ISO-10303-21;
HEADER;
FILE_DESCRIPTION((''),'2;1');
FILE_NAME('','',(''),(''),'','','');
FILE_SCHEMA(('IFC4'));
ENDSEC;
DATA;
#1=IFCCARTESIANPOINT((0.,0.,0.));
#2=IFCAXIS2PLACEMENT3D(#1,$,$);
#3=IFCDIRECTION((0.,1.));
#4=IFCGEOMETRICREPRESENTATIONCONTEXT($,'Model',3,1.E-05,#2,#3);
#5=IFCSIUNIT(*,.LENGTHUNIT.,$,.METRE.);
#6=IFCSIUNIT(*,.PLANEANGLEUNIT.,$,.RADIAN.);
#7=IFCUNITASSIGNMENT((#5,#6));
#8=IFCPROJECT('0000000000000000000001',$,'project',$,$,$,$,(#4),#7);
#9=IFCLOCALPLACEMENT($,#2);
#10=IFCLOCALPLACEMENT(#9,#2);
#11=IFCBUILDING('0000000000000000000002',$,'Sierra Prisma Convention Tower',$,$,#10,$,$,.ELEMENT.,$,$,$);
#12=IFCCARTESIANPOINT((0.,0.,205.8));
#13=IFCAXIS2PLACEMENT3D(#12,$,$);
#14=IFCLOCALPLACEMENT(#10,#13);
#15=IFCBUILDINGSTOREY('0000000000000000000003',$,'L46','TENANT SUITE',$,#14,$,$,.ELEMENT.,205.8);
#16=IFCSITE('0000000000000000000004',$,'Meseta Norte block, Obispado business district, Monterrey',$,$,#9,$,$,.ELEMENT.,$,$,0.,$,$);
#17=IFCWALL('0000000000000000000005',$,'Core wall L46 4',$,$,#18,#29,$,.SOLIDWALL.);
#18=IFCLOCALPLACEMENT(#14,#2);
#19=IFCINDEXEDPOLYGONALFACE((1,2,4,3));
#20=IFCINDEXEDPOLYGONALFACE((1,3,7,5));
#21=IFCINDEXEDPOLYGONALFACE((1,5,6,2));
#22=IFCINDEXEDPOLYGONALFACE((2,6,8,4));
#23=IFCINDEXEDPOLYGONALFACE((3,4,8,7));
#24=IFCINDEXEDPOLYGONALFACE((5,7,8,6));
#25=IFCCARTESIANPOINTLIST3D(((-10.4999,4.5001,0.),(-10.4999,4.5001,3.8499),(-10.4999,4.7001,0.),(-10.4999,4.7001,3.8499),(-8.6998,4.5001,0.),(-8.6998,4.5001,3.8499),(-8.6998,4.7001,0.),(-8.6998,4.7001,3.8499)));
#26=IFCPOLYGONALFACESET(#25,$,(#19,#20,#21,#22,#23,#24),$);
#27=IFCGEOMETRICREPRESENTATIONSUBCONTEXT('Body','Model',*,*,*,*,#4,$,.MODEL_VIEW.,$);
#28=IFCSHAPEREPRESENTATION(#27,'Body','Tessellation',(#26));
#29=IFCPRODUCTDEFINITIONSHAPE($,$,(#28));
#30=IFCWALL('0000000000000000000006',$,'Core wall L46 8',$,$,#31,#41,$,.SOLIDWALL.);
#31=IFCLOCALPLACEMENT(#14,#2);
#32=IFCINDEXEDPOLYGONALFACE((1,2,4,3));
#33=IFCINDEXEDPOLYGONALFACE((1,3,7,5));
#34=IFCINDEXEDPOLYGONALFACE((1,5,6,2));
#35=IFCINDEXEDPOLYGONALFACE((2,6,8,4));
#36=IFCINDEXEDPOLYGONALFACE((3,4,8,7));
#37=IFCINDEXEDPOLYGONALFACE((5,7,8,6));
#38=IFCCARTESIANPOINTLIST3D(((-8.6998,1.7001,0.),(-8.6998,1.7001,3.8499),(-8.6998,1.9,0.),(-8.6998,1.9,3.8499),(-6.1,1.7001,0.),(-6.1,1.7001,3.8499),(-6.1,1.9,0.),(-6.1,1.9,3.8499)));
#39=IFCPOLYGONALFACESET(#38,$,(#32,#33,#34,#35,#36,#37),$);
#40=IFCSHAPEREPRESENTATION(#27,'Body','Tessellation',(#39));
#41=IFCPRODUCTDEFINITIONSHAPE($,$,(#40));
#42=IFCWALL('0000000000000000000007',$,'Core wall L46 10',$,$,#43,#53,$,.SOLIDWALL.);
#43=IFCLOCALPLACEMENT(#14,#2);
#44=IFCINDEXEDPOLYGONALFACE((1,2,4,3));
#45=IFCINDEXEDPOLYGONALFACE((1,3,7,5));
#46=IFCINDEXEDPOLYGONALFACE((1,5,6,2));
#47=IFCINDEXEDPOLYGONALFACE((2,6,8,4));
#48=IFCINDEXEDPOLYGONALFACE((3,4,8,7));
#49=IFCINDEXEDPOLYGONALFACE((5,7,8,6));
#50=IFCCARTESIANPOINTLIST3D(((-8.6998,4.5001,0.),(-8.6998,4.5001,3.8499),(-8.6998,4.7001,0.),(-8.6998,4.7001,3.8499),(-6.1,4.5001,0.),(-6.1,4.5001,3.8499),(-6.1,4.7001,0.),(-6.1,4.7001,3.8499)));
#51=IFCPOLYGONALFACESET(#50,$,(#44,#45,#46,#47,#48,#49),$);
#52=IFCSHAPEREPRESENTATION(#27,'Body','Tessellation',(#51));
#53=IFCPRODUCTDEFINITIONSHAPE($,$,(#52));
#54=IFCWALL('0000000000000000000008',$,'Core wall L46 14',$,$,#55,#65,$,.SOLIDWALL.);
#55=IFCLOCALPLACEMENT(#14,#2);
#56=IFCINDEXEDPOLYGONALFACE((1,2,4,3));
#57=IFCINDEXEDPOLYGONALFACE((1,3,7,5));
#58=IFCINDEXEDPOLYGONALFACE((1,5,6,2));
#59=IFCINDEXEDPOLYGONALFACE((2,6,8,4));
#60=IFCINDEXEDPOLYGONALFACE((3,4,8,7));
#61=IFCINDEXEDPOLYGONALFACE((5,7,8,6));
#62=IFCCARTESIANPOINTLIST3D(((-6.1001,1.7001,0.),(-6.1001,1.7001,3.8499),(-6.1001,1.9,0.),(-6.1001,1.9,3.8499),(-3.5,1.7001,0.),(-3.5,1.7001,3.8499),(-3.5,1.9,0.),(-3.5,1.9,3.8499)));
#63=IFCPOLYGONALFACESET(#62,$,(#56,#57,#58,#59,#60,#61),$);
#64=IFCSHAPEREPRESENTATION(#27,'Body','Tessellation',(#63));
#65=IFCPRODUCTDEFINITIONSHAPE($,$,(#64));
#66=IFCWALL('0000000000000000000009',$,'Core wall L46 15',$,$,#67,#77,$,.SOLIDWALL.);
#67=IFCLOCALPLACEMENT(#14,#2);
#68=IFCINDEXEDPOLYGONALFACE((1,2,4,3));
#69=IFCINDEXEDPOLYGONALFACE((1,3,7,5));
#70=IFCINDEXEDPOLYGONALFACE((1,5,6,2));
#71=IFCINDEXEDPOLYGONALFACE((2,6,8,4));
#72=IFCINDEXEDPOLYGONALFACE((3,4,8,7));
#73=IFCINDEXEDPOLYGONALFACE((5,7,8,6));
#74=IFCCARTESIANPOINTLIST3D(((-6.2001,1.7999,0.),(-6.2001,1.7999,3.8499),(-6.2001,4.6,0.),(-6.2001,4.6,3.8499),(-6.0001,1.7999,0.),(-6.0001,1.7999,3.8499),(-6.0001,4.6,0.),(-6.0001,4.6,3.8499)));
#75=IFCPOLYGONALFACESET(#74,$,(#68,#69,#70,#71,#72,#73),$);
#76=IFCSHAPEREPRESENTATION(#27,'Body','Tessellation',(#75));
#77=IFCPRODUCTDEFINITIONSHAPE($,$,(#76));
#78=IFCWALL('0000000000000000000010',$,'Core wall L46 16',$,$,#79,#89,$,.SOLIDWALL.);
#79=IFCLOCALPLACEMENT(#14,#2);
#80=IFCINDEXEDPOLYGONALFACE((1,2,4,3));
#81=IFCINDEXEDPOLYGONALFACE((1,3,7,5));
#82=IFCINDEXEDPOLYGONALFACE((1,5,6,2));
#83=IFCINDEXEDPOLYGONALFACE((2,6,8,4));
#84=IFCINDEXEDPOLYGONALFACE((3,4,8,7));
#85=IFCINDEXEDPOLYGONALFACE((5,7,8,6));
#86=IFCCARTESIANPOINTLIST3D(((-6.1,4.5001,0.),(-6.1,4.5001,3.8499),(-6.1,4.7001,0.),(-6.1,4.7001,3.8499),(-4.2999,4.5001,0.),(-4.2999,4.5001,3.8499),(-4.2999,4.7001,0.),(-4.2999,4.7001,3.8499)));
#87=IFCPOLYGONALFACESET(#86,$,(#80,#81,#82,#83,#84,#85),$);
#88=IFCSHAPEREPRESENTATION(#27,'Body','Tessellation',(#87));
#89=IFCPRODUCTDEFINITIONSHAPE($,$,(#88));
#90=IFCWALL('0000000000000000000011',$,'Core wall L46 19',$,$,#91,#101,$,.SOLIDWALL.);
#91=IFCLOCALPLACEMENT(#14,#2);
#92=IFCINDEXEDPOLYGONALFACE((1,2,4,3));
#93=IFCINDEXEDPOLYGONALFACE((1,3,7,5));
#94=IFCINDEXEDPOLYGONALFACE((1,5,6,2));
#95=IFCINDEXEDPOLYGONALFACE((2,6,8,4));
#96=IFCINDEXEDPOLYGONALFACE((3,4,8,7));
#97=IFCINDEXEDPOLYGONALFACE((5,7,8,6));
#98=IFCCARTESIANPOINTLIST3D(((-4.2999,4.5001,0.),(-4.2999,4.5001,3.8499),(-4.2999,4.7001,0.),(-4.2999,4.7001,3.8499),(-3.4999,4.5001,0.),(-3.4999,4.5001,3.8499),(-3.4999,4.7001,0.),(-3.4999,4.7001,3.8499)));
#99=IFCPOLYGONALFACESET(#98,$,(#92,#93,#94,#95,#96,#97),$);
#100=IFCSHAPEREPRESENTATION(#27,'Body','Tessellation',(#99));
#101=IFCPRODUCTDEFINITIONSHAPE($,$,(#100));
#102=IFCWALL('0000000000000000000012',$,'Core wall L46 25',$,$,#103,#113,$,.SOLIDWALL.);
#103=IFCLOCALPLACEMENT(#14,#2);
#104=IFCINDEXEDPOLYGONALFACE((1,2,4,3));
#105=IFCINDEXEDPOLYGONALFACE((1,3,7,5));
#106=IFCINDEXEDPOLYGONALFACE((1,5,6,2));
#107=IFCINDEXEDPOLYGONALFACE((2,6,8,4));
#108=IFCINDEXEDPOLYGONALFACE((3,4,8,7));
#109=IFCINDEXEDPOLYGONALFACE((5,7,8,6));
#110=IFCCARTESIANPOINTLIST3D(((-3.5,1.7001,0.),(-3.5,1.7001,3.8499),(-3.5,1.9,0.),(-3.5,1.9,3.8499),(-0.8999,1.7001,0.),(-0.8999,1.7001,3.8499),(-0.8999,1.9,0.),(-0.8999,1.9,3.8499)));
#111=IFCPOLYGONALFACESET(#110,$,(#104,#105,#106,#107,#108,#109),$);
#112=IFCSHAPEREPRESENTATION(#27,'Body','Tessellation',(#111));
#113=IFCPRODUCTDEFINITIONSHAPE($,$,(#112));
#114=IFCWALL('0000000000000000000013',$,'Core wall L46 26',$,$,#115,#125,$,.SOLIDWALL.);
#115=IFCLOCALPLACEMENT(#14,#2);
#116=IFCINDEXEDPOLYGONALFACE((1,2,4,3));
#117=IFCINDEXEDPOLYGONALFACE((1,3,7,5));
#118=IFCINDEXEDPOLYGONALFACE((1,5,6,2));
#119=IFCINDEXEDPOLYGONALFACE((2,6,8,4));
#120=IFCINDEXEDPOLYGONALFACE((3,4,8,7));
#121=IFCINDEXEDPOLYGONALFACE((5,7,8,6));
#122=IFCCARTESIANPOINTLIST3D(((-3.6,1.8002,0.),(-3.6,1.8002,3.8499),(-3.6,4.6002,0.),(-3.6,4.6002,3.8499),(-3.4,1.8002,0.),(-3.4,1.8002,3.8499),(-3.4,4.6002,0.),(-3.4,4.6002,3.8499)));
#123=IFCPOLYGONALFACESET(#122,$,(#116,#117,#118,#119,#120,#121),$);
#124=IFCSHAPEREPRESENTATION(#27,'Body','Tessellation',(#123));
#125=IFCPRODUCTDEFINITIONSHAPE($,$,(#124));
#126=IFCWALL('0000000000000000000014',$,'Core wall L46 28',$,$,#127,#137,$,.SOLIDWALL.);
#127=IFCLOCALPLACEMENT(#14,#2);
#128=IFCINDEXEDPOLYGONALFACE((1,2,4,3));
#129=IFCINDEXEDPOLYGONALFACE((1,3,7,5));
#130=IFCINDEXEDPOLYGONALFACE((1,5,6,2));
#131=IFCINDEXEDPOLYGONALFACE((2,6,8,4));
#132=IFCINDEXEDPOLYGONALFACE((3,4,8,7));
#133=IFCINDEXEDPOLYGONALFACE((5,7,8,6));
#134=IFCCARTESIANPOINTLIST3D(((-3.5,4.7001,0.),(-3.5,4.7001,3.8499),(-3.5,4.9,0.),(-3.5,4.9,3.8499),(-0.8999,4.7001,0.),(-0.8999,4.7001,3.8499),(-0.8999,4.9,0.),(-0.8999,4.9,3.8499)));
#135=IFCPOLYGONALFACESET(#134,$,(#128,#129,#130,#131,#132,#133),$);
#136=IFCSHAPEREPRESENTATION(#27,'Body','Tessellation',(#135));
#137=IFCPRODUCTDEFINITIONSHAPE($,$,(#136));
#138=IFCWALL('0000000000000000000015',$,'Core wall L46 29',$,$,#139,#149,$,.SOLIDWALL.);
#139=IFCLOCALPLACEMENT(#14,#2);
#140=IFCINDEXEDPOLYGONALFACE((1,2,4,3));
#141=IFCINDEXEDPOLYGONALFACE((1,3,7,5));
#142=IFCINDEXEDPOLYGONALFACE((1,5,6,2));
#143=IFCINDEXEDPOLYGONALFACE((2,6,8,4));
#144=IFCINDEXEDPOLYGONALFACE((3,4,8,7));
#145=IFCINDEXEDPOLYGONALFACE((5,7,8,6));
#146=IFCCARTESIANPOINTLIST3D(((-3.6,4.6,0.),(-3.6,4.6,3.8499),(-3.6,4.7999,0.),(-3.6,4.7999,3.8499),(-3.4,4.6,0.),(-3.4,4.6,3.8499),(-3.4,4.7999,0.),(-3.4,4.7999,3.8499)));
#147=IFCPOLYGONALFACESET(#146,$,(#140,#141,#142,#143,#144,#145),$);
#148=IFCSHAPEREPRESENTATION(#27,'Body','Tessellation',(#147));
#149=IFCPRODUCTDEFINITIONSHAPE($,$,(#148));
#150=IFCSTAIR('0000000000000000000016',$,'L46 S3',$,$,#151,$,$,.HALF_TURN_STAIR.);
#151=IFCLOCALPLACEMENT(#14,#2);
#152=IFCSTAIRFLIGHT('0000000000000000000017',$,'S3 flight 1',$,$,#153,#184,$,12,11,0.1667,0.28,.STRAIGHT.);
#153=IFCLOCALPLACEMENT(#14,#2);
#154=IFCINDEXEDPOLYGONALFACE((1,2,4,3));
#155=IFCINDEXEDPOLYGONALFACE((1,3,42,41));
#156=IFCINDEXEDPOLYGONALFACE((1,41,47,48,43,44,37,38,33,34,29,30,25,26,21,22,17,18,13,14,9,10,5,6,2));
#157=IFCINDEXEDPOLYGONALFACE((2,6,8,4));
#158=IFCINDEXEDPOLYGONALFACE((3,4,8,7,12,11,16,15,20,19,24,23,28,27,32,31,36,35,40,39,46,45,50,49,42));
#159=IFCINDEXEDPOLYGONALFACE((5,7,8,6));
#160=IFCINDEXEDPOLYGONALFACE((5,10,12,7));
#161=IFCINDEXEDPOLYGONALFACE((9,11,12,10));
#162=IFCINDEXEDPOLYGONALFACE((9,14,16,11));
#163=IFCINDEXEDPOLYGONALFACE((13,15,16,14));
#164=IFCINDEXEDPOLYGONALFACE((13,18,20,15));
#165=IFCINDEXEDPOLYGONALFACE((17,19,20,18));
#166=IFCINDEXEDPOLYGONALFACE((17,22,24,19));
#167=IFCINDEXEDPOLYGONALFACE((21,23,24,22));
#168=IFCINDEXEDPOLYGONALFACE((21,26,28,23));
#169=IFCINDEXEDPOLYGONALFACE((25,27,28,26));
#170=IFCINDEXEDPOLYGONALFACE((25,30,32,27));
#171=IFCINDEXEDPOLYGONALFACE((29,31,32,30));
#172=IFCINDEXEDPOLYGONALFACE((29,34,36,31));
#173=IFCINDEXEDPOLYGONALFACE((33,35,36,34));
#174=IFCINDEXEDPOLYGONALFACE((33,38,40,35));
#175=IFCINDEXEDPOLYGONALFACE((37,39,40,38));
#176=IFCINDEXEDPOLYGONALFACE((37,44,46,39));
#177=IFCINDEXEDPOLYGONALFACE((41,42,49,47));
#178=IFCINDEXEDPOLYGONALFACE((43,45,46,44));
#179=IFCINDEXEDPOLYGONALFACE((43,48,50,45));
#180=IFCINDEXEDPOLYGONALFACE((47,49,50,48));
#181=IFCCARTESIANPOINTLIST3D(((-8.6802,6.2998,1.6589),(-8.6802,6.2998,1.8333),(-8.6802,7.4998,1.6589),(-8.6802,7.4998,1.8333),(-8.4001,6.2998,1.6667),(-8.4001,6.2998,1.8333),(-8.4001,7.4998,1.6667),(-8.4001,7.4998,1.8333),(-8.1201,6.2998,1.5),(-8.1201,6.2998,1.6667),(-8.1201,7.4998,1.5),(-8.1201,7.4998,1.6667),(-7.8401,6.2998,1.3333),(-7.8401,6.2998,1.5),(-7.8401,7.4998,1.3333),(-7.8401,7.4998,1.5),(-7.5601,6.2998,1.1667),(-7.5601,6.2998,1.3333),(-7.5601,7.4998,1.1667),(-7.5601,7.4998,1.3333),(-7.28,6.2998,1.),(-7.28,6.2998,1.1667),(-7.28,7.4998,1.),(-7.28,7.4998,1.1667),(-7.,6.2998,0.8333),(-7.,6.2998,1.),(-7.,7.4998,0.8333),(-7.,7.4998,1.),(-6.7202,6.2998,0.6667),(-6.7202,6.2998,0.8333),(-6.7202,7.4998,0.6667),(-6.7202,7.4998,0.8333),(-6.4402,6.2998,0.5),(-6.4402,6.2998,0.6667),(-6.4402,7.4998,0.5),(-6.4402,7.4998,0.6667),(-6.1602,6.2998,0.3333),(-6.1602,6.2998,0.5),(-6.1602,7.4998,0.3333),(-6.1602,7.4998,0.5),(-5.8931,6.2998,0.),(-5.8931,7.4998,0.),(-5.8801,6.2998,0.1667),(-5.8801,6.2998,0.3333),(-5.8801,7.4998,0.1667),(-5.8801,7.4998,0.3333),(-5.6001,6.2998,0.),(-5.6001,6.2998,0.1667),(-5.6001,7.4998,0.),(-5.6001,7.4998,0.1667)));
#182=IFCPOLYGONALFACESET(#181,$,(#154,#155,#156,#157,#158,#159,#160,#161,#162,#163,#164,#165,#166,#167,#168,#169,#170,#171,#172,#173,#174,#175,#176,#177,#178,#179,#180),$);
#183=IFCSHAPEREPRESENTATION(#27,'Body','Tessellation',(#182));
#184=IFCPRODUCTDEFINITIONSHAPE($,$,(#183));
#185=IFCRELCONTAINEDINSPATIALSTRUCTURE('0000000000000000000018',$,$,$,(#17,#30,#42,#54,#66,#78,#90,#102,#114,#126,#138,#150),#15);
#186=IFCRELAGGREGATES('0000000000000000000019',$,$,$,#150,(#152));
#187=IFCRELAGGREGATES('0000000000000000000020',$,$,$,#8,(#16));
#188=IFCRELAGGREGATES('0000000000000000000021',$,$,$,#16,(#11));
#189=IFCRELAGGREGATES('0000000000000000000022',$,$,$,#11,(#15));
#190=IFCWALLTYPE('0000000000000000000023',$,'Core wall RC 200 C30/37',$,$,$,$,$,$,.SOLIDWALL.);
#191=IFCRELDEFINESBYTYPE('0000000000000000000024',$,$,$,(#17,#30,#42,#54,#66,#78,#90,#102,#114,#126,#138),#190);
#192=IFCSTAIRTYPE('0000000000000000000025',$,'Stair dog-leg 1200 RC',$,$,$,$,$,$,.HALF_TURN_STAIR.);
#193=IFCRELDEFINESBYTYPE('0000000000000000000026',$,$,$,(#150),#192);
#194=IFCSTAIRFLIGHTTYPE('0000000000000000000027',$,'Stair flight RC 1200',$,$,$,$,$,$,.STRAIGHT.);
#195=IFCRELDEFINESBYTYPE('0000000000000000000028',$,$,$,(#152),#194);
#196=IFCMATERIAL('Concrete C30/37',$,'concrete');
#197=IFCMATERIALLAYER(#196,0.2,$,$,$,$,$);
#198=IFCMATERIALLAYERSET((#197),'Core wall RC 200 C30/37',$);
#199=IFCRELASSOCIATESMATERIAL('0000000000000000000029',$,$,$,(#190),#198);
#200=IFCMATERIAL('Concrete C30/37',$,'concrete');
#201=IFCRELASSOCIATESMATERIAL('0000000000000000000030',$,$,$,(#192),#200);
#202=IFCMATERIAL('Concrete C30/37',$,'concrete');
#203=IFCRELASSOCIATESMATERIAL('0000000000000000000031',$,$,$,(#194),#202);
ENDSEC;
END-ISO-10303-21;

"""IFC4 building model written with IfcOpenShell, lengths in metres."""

from ifc_helpers import new_model, si_unit, direction, frame, frame_2d, origin, place, context, subcontext, project, spatial, polyline, rectangle, outline, extrude, material, layer, layer_set, type_object, element, aggregate, save


model = new_model("IFC4")

# Units and contexts
model_context = context("Model", 3, precision=1e-05, world=origin(), true_north=direction((0.0, 1.0)))
body_context = subcontext(model_context, "Body", "Model", "MODEL_VIEW")
ifc_project = project(units=[si_unit("LENGTHUNIT", "METRE"), si_unit("PLANEANGLEUNIT", "RADIAN")], contexts=[model_context])

# Site, building, storey
site_placement = place(None, origin())
site = spatial("IfcSite", under=ifc_project, at=site_placement, Name="Meseta Norte block, Obispado business district, Monterrey", CompositionType="ELEMENT", RefElevation=0.0)
building_placement = place(site_placement, origin())
building = spatial("IfcBuilding", under=site, at=building_placement, Name="Sierra Prisma Convention Tower", CompositionType="ELEMENT")
storey_placement = place(building_placement, frame((0.0, 0.0, 205.8)))
storey = spatial("IfcBuildingStorey", under=building, at=storey_placement, Name="L46", Description="TENANT SUITE", CompositionType="ELEMENT", Elevation=205.8)

# Walls
ifc_material_1 = material(Name="Concrete C30/37", Category="concrete")
ifc_layer = layer(ifc_material_1, 0.2)
ifc_layer_set = layer_set([ifc_layer], Name="Core wall RC 200 C30/37")
wall_type = type_object("IfcWallType", Name="Core wall RC 200 C30/37", PredefinedType="SOLIDWALL", material=ifc_layer_set)
wall_1_placement = place(storey_placement, frame((-8.7, 4.6001, 0.0), z_axis=(0.0, 0.0, 1.0), x_axis=(-1.0, 0.0, 0.0)))
element("IfcWall", 1, at=wall_1_placement, inside=storey, type_object=wall_type, Name="Core wall L46 4", PredefinedType="SOLIDWALL", context=body_context, shape_type="SweptSolid", body=[
    extrude(rectangle(XDim=1.8, YDim=0.2, at=frame_2d((0.8999, 0.0))), origin(), (0.0, 0.0, 1.0), 3.8499),
])
for number, where, z_axis, x_axis, name in (
    (2, (-6.1001, 1.8, 0.0), (0.0, 0.0, 1.0), (-1.0, 0.0, 0.0), "Core wall L46 8"),
    (3, (-6.1001, 4.6001, 0.0), (0.0, 0.0, 1.0), (-1.0, 0.0, 0.0), "Core wall L46 10"),
):
    element("IfcWall", number, at=place(storey_placement, frame(where, z_axis=z_axis, x_axis=x_axis)), inside=storey, type_object=wall_type, Name=name, PredefinedType="SOLIDWALL", context=body_context, shape_type="SweptSolid", body=[
        extrude(rectangle(XDim=2.5999, YDim=0.2, at=frame_2d((1.2998, 0.0))), origin(), (0.0, 0.0, 1.0), 3.8499),
    ])

# Walls
wall_2_placement = place(storey_placement, frame((-3.5, 1.8, 0.0), z_axis=(0.0, 0.0, 1.0), x_axis=(-1.0, 0.0, 0.0)))
element("IfcWall", 4, at=wall_2_placement, inside=storey, type_object=wall_type, Name="Core wall L46 14", PredefinedType="SOLIDWALL", context=body_context, shape_type="SweptSolid", body=[
    extrude(rectangle(XDim=2.6001, YDim=0.2, at=frame_2d((1.3, 0.0))), origin(), (0.0, 0.0, 1.0), 3.8499),
])
wall_3_placement = place(storey_placement, frame((-6.1001, 1.8, 0.0), z_axis=(0.0, 0.0, 1.0), x_axis=(0.0, 1.0, 0.0)))
element("IfcWall", 5, at=wall_3_placement, inside=storey, type_object=wall_type, Name="Core wall L46 15", PredefinedType="SOLIDWALL", context=body_context, shape_type="SweptSolid", body=[
    extrude(rectangle(XDim=2.8, YDim=0.2, at=frame_2d((1.3999, 0.0))), origin(), (0.0, 0.0, 1.0), 3.8499),
])
wall_4_placement = place(storey_placement, frame((-4.3, 4.6001, 0.0), z_axis=(0.0, 0.0, 1.0), x_axis=(-1.0, 0.0, 0.0)))
element("IfcWall", 6, at=wall_4_placement, inside=storey, type_object=wall_type, Name="Core wall L46 16", PredefinedType="SOLIDWALL", context=body_context, shape_type="SweptSolid", body=[
    extrude(rectangle(XDim=1.8, YDim=0.2, at=frame_2d((0.8999, 0.0))), origin(), (0.0, 0.0, 1.0), 3.8499),
])
wall_5_placement = place(storey_placement, frame((-3.5, 4.6001, 0.0), z_axis=(0.0, 0.0, 1.0), x_axis=(-1.0, 0.0, 0.0)))
element("IfcWall", 7, at=wall_5_placement, inside=storey, type_object=wall_type, Name="Core wall L46 19", PredefinedType="SOLIDWALL", context=body_context, shape_type="SweptSolid", body=[
    extrude(rectangle(XDim=0.8, YDim=0.2, at=frame_2d((0.3999, 0.0))), origin(), (0.0, 0.0, 1.0), 3.8499),
])

# Walls
wall_6_placement = place(storey_placement, frame((-0.8999, 1.8, 0.0), z_axis=(0.0, 0.0, 1.0), x_axis=(-1.0, 0.0, 0.0)))
element("IfcWall", 8, at=wall_6_placement, inside=storey, type_object=wall_type, Name="Core wall L46 25", PredefinedType="SOLIDWALL", context=body_context, shape_type="SweptSolid", body=[
    extrude(rectangle(XDim=2.6001, YDim=0.2, at=frame_2d((1.3, 0.0))), origin(), (0.0, 0.0, 1.0), 3.8499),
])
wall_7_placement = place(storey_placement, frame((-3.5, 4.6001, 0.0), z_axis=(0.0, 0.0, 1.0), x_axis=(0.0, -1.0, 0.0)))
element("IfcWall", 9, at=wall_7_placement, inside=storey, type_object=wall_type, Name="Core wall L46 26", PredefinedType="SOLIDWALL", context=body_context, shape_type="SweptSolid", body=[
    extrude(rectangle(XDim=2.8, YDim=0.2, at=frame_2d((1.3999, 0.0))), origin(), (0.0, 0.0, 1.0), 3.8499),
])

# Walls
wall_8_placement = place(storey_placement, frame((-0.8999, 4.8, 0.0), z_axis=(0.0, 0.0, 1.0), x_axis=(-1.0, 0.0, 0.0)))
element("IfcWall", 10, at=wall_8_placement, inside=storey, type_object=wall_type, Name="Core wall L46 28", PredefinedType="SOLIDWALL", context=body_context, shape_type="SweptSolid", body=[
    extrude(rectangle(XDim=2.6001, YDim=0.2, at=frame_2d((1.3, 0.0))), origin(), (0.0, 0.0, 1.0), 3.8499),
])
wall_9_placement = place(storey_placement, frame((-3.5, 4.8, 0.0), z_axis=(0.0, 0.0, 1.0), x_axis=(0.0, -1.0, 0.0)))
element("IfcWall", 11, at=wall_9_placement, inside=storey, type_object=wall_type, Name="Core wall L46 29", PredefinedType="SOLIDWALL", context=body_context, shape_type="SweptSolid", body=[
    extrude(rectangle(XDim=0.2, YDim=0.2, at=frame_2d((0.1001, 0.0))), origin(), (0.0, 0.0, 1.0), 3.8499),
])

# Stair, stair flight
ifc_material_2 = material(Name="Concrete C30/37", Category="concrete")
stair_type = type_object("IfcStairType", Name="Stair dog-leg 1200 RC", PredefinedType="HALF_TURN_STAIR", material=ifc_material_2)
stair_placement = place(storey_placement, origin())
stair = element("IfcStair", 12, at=stair_placement, inside=storey, type_object=stair_type, Name="L46 S3", PredefinedType="HALF_TURN_STAIR")
ifc_material_3 = material(Name="Concrete C30/37", Category="concrete")
stair_flight_type = type_object("IfcStairFlightType", Name="Stair flight RC 1200", PredefinedType="STRAIGHT", material=ifc_material_3)
stair_flight_1_placement = place(storey_placement, frame((-5.6001, 6.8999, 0.0), z_axis=(0.0, 0.0, 1.0), x_axis=(-1.0, 0.0, 0.0)))
stair_flight_1 = element("IfcStairFlight", 13, at=stair_flight_1_placement, type_object=stair_flight_type, Name="S3 flight 1", NumberOfRisers=12, NumberOfTreads=11, PredefinedType="STRAIGHT", RiserHeight=0.1667, TreadLength=0.28, context=body_context, shape_type="SweptSolid", body=[
    extrude(outline(polyline([(0.0, 0.0), (0.0, 0.1667), (0.28, 0.1667), (0.28, 0.3333), (0.5601, 0.3333), (0.5601, 0.5), (0.8401, 0.5), (0.8401, 0.6667), (1.1201, 0.6667), (1.1201, 0.8333), (1.3999, 0.8333), (1.3999, 1.0), (1.6799, 1.0), (1.6799, 1.1667), (1.96, 1.1667), (1.96, 1.3333), (2.24, 1.3333), (2.24, 1.5), (2.52, 1.5), (2.52, 1.6667), (2.8, 1.6667), (2.8, 1.8333), (3.0801, 1.8333), (3.0801, 2.0), (3.0801, 1.6589), (0.293, 0.0), (0.0, 0.0)])), frame((0.0, 0.6001, 0.0), z_axis=(0.0, -1.0, 0.0), x_axis=(1.0, 0.0, 0.0)), (0.0, 0.0, 1.0), 1.2),
])
aggregate(stair, [stair_flight_1])

save(model, "model.ifc")
